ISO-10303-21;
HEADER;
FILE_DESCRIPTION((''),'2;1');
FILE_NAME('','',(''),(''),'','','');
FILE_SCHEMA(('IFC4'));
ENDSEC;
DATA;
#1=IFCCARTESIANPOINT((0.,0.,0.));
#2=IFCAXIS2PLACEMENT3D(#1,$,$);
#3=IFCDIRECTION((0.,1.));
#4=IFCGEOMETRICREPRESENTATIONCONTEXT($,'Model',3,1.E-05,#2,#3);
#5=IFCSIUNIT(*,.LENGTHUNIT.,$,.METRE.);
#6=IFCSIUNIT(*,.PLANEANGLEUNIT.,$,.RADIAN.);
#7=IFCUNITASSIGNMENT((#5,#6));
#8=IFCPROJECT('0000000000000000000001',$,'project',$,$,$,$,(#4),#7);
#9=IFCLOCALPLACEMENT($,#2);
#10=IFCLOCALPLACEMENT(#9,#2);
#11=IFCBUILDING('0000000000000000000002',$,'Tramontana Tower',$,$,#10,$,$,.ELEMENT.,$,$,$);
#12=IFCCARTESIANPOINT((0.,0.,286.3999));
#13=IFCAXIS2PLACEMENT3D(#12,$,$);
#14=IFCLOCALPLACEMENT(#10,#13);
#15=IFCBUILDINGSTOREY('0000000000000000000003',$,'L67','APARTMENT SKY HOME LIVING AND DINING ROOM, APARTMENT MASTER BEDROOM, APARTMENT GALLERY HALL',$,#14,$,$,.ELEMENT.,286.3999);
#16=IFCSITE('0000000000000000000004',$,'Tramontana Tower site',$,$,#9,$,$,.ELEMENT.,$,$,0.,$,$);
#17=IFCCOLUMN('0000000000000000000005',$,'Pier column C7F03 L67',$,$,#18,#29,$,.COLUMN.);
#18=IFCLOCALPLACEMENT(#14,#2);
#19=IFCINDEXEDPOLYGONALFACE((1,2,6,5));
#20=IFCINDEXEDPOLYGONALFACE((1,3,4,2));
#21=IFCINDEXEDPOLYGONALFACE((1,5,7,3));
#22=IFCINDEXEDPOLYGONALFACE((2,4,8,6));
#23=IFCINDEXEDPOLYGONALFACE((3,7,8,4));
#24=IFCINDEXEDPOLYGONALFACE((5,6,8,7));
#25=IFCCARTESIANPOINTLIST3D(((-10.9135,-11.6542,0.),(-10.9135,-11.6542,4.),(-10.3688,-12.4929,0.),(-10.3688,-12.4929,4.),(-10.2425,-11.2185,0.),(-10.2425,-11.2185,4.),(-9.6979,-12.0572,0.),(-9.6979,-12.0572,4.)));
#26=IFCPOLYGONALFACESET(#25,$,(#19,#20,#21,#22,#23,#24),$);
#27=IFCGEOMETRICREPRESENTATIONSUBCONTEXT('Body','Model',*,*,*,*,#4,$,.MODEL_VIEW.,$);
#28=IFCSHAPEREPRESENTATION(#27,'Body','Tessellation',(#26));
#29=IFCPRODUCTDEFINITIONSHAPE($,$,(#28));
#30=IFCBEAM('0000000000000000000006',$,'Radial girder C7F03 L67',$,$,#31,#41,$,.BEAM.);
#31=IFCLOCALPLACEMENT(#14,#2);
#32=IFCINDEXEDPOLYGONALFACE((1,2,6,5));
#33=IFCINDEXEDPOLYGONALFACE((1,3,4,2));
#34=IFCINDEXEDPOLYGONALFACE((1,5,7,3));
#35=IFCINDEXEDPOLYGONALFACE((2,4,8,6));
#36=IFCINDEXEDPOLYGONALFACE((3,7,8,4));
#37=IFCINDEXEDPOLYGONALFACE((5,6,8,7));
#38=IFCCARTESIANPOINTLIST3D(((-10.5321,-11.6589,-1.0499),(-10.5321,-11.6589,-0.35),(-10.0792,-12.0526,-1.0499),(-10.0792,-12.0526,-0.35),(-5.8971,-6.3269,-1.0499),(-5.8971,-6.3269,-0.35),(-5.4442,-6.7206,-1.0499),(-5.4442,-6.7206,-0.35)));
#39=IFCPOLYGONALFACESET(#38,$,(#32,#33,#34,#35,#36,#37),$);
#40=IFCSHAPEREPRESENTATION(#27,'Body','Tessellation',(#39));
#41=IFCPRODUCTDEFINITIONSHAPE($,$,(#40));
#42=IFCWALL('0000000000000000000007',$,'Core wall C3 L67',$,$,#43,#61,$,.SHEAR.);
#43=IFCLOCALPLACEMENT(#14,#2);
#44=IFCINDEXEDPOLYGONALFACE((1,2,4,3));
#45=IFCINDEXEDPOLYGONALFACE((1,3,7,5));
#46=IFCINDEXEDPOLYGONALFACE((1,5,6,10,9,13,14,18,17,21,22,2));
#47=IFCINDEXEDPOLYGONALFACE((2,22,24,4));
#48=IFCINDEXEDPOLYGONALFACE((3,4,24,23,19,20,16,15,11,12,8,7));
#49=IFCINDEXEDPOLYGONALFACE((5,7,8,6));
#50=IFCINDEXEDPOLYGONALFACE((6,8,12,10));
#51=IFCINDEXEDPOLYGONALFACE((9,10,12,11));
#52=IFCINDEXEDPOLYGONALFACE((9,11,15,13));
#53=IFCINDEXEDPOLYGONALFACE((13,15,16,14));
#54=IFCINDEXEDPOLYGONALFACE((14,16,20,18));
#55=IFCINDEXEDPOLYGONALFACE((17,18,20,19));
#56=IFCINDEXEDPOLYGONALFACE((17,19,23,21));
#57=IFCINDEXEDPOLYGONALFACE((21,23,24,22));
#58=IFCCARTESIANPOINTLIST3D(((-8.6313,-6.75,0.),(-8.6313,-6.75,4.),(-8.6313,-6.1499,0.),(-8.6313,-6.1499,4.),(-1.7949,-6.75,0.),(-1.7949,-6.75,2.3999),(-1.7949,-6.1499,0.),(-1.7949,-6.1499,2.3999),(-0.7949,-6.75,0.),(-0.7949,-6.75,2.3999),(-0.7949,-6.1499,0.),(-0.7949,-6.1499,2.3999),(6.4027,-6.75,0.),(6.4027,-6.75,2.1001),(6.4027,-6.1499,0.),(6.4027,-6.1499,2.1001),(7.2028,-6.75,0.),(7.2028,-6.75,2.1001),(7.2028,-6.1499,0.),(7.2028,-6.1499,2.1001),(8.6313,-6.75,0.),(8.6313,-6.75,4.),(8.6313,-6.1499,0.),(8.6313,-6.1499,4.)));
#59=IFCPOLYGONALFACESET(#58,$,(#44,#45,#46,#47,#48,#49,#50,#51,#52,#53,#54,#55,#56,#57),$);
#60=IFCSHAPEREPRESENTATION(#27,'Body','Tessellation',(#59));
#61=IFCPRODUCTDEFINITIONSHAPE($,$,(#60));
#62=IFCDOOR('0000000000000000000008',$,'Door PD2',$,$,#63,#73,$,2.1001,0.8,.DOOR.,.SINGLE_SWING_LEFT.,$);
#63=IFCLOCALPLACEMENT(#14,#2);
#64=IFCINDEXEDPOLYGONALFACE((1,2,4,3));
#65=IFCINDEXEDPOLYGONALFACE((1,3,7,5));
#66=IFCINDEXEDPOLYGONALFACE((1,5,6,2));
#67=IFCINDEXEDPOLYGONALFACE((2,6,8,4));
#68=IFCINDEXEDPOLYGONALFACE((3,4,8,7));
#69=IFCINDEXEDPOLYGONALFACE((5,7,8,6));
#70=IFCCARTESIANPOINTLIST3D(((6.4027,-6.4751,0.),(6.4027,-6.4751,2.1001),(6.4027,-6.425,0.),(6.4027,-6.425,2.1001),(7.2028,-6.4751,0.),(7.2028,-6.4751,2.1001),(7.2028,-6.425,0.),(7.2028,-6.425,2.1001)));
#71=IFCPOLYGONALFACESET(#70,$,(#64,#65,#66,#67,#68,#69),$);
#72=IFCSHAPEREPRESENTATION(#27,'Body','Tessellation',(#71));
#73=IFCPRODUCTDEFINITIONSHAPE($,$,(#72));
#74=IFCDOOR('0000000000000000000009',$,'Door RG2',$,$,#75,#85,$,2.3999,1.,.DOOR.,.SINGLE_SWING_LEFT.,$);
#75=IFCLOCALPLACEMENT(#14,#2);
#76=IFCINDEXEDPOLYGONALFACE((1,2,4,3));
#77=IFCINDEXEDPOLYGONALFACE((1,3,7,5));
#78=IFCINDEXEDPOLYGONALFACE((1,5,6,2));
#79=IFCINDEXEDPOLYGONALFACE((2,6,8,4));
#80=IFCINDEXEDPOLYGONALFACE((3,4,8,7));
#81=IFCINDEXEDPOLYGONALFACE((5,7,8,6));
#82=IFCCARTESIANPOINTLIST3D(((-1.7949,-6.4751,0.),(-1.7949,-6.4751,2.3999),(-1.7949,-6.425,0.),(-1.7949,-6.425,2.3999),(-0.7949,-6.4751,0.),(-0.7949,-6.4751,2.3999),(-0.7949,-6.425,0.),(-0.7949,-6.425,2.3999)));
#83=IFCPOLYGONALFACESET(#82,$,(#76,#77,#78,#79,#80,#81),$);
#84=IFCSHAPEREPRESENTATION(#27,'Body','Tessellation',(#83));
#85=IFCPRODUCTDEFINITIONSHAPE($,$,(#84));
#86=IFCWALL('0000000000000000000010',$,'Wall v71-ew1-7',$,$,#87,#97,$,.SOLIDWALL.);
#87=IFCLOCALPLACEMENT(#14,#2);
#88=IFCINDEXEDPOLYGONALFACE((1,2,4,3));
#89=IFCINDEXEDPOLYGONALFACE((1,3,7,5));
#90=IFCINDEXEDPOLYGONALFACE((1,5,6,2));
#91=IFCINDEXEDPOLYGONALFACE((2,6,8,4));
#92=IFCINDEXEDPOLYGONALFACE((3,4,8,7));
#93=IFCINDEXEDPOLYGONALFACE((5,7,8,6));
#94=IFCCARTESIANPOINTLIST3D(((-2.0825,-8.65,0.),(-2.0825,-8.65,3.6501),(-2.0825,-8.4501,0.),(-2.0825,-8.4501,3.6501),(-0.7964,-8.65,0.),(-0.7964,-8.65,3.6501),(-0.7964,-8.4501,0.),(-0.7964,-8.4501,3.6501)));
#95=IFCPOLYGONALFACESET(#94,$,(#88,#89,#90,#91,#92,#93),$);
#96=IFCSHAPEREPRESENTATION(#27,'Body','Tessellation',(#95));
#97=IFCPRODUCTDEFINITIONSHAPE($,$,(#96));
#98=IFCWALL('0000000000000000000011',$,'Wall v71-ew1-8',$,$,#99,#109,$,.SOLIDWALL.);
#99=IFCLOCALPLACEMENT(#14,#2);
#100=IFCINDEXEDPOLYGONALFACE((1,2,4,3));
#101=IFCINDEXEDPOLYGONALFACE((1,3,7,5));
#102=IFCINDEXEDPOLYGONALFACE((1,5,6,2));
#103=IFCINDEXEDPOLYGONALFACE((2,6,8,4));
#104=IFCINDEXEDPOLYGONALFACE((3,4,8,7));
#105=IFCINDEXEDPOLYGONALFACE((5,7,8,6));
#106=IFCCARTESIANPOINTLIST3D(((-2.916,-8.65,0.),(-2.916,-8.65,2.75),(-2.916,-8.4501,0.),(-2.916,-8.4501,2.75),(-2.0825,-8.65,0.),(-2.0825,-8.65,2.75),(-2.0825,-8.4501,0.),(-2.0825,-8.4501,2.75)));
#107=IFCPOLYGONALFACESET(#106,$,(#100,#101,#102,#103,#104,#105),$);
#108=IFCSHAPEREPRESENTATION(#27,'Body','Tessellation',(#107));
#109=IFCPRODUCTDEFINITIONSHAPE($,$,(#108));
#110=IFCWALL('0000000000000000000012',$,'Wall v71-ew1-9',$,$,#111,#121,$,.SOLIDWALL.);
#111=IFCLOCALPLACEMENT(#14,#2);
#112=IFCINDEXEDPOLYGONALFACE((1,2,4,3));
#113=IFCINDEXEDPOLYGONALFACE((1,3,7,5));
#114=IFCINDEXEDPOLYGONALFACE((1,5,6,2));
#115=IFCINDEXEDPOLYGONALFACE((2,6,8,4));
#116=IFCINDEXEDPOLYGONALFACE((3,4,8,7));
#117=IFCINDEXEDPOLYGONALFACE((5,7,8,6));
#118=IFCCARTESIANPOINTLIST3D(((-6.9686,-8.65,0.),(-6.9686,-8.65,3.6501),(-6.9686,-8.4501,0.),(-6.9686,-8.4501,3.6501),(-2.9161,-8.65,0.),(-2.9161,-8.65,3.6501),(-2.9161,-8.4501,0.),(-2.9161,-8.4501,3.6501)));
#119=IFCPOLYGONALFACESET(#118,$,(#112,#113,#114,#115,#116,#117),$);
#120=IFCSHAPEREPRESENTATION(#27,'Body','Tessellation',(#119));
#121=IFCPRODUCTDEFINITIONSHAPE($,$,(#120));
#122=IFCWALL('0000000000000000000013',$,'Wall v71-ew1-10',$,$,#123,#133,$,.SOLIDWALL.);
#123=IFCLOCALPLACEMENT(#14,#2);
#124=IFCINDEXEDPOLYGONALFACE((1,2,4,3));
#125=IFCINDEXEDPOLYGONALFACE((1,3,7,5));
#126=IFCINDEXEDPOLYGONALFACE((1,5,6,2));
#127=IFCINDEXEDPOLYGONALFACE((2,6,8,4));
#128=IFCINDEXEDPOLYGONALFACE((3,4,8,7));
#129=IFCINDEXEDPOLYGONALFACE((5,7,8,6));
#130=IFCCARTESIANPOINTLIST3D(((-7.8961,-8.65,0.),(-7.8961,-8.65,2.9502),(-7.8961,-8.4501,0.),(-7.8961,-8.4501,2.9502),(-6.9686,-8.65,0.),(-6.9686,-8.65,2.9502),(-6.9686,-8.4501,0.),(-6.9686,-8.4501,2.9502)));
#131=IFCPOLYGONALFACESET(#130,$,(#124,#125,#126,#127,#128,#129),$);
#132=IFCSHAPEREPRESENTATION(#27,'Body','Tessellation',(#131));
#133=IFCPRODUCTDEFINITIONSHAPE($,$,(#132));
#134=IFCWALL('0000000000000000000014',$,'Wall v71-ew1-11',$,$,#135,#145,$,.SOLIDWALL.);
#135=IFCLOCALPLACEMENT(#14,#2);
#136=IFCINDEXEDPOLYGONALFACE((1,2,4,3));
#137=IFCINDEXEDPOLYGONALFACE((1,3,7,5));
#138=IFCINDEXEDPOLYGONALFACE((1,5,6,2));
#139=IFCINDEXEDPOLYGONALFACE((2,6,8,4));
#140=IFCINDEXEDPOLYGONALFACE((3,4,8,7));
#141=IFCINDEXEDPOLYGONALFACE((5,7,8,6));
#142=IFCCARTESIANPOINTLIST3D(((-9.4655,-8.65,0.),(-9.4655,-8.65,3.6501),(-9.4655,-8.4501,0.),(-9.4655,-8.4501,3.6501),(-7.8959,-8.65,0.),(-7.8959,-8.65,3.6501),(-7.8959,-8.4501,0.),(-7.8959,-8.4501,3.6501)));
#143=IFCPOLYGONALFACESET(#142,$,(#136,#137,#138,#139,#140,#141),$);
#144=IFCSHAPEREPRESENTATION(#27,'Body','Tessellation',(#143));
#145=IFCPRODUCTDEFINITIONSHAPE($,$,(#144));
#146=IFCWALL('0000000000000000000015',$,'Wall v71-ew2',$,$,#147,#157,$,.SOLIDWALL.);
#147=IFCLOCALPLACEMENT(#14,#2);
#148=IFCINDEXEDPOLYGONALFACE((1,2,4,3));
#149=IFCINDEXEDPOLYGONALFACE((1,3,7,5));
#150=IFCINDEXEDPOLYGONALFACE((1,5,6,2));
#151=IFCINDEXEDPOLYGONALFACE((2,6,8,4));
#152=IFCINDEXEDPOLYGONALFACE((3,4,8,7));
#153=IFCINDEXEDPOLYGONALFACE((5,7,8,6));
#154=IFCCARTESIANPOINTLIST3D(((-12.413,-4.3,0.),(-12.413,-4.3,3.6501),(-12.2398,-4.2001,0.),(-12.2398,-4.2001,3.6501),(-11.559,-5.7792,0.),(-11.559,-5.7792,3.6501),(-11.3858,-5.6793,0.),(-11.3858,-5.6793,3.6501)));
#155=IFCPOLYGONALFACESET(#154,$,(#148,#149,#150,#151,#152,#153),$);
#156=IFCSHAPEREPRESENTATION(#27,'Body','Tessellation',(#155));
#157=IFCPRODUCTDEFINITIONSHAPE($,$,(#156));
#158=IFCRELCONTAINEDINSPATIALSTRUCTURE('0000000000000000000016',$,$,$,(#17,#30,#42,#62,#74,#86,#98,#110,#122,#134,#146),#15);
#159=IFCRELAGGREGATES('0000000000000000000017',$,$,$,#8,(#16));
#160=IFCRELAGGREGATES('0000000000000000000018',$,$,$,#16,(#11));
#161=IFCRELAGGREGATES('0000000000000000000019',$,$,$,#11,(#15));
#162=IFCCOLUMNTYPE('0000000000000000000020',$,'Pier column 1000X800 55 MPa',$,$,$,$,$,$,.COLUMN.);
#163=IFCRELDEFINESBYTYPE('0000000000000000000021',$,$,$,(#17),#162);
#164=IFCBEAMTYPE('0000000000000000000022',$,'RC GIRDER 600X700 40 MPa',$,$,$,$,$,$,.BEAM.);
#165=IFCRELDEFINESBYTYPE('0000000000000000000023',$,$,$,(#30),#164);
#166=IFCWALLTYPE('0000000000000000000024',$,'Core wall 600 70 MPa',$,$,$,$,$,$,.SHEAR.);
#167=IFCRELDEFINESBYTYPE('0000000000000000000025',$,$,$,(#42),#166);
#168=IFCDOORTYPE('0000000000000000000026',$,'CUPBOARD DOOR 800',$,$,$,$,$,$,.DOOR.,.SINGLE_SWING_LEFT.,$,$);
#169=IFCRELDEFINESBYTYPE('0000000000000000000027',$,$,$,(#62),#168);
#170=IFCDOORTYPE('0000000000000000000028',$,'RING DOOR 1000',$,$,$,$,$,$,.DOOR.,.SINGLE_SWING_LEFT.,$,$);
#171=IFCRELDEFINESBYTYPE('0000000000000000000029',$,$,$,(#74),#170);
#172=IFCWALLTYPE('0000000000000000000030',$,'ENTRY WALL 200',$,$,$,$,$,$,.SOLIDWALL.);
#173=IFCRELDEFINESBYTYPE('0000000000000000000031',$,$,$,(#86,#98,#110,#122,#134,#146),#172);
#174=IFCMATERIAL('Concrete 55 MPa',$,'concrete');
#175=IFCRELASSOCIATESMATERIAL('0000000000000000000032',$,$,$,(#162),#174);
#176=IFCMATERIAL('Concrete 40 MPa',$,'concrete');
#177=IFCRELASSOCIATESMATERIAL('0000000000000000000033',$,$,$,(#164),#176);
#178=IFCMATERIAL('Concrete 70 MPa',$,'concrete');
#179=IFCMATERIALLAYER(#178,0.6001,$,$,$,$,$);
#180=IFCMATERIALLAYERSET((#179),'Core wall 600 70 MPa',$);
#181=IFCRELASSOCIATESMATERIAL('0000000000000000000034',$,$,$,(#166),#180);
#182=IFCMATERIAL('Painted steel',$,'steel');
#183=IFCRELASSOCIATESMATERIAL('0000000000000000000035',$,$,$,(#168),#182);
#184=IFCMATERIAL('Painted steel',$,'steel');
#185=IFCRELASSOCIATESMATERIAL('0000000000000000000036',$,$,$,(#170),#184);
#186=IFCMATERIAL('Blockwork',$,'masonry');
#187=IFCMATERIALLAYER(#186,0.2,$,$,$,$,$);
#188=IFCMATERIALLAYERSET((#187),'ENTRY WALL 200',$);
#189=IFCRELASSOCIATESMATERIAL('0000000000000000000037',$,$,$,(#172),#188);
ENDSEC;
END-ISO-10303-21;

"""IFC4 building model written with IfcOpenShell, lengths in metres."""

from ifc_helpers import new_model, si_unit, direction, frame, frame_2d, origin, origin_2d, place, context, subcontext, project, spatial, rectangle, extrude, material, layer, layer_set, material_profile, profile_set, type_object, element, fill, save


model = new_model("IFC4")

# Units and contexts
model_context = context("Model", 3, precision=1e-05, world=origin(), true_north=direction((0.0, 1.0)))
body_context = subcontext(model_context, "Body", "Model", "MODEL_VIEW")
ifc_project = project(units=[si_unit("LENGTHUNIT", "METRE"), si_unit("PLANEANGLEUNIT", "RADIAN")], contexts=[model_context])

# Site, building, storey
site_placement = place(None, origin())
site = spatial("IfcSite", under=ifc_project, at=site_placement, Name="Tramontana Tower site", CompositionType="ELEMENT", RefElevation=0.0)
building_placement = place(site_placement, origin())
building = spatial("IfcBuilding", under=site, at=building_placement, Name="Tramontana Tower", CompositionType="ELEMENT")
storey_placement = place(building_placement, frame((0.0, 0.0, 286.3999)))
storey = spatial("IfcBuildingStorey", under=building, at=storey_placement, Name="L67", Description="APARTMENT SKY HOME LIVING AND DINING ROOM, APARTMENT MASTER BEDROOM, APARTMENT GALLERY HALL", CompositionType="ELEMENT", Elevation=286.3999)

# Column
ifc_material_1 = material(Name="Concrete 55 MPa", Category="concrete")
ifc_material_profile_1 = material_profile(ifc_material_1, rectangle(XDim=1.0, YDim=0.8, at=origin_2d()), Name="Pier column 1000X800 55 MPa")
ifc_profile_set_1 = profile_set([ifc_material_profile_1], Name="Concrete 55 MPa")
column_type = type_object("IfcColumnType", Name="Pier column 1000X800 55 MPa", PredefinedType="COLUMN", material=ifc_profile_set_1)
column_placement = place(storey_placement, frame((-10.3057, -11.8557, 0.0), z_axis=(0.0, 0.0, 1.0), x_axis=(0.544639, -0.838671, 0.0)))
element("IfcColumn", 1, at=column_placement, inside=storey, type_object=column_type, Name="Pier column C7F03 L67", PredefinedType="COLUMN", context=body_context, shape_type="SweptSolid", body=[
    extrude(rectangle(XDim=1.0, YDim=0.8, at=origin_2d()), origin(), (0.0, 0.0, 1.0), 4.0),
])

# Beam
ifc_material_2 = material(Name="Concrete 40 MPa", Category="concrete")
ifc_material_profile_2 = material_profile(ifc_material_2, rectangle(XDim=0.6001, YDim=0.7, at=origin_2d()), Name="RC GIRDER 600X700 40 MPa")
ifc_profile_set_2 = profile_set([ifc_material_profile_2], Name="Concrete 40 MPa")
beam_type = type_object("IfcBeamType", Name="RC GIRDER 600X700 40 MPa", PredefinedType="BEAM", material=ifc_profile_set_2)
beam_placement = place(storey_placement, frame((-10.3057, -11.8557, -0.7), z_axis=(0.656055, 0.754713, 0.0), x_axis=(-0.754713, 0.656055, 0.0)))
element("IfcBeam", 2, at=beam_placement, inside=storey, type_object=beam_type, Name="Radial girder C7F03 L67", PredefinedType="BEAM", context=body_context, shape_type="SweptSolid", body=[
    extrude(rectangle(XDim=0.6001, YDim=0.7, at=origin_2d()), origin(), (0.0, 0.0, 1.0), 7.0649),
])

# Wall, openings, doors
ifc_material_3 = material(Name="Concrete 70 MPa", Category="concrete")
ifc_layer_1 = layer(ifc_material_3, 0.6001)
ifc_layer_set_1 = layer_set([ifc_layer_1], Name="Core wall 600 70 MPa")
wall_type_1 = type_object("IfcWallType", Name="Core wall 600 70 MPa", PredefinedType="SHEAR", material=ifc_layer_set_1)
wall_1_placement = place(storey_placement, frame((-8.6313, -6.45, 0.0), z_axis=(0.0, 0.0, 1.0), x_axis=(1.0, 0.0, 0.0)))
wall_1 = element("IfcWall", 3, at=wall_1_placement, inside=storey, type_object=wall_type_1, Name="Core wall C3 L67", PredefinedType="SHEAR", context=body_context, shape_type="SweptSolid", body=[
    extrude(rectangle(XDim=17.2627, YDim=0.6001, at=frame_2d((8.6313, 0.0))), origin(), (0.0, 0.0, 1.0), 4.0),
])
opening_1_placement = place(wall_1_placement, frame((6.8364, 0.0, 0.0)))
opening_1 = element("IfcOpeningElement", 4, at=opening_1_placement, cuts=wall_1, PredefinedType="OPENING", context=body_context, shape_type="SweptSolid", body=[
    extrude(rectangle(XDim=1.0, YDim=2.3999, at=frame_2d((0.5, 1.2))), frame((0.0, 0.3101, 0.0), z_axis=(0.0, -1.0, 0.0), x_axis=(1.0, 0.0, 0.0)), (0.0, 0.0, 1.0), 0.6201),
])
opening_2_placement = place(wall_1_placement, frame((15.0342, 0.0, 0.0)))
opening_2 = element("IfcOpeningElement", 5, at=opening_2_placement, cuts=wall_1, PredefinedType="OPENING", context=body_context, shape_type="SweptSolid", body=[
    extrude(rectangle(XDim=0.8, YDim=2.1001, at=frame_2d((0.3999, 1.05))), frame((0.0, 0.3101, 0.0), z_axis=(0.0, -1.0, 0.0), x_axis=(1.0, 0.0, 0.0)), (0.0, 0.0, 1.0), 0.6201),
])
ifc_material_4 = material(Name="Painted steel", Category="steel")
door_type_1 = type_object("IfcDoorType", Name="CUPBOARD DOOR 800", OperationType="SINGLE_SWING_LEFT", PredefinedType="DOOR", material=ifc_material_4)
door_1_placement = place(opening_2_placement, origin())
door_1 = element("IfcDoor", 6, at=door_1_placement, inside=storey, type_object=door_type_1, Name="Door PD2", OperationType="SINGLE_SWING_LEFT", OverallHeight=2.1001, OverallWidth=0.8, PredefinedType="DOOR", context=body_context, shape_type="SweptSolid", body=[
    extrude(rectangle(XDim=0.8, YDim=2.1001, at=frame_2d((0.3999, 1.05))), frame((0.0, 0.0249, 0.0), z_axis=(0.0, -1.0, 0.0), x_axis=(1.0, 0.0, 0.0)), (0.0, 0.0, 1.0), 0.05),
])
fill(opening_2, door_1)
ifc_material_5 = material(Name="Painted steel", Category="steel")
door_type_2 = type_object("IfcDoorType", Name="RING DOOR 1000", OperationType="SINGLE_SWING_LEFT", PredefinedType="DOOR", material=ifc_material_5)
door_2_placement = place(opening_1_placement, origin())
door_2 = element("IfcDoor", 7, at=door_2_placement, inside=storey, type_object=door_type_2, Name="Door RG2", OperationType="SINGLE_SWING_LEFT", OverallHeight=2.3999, OverallWidth=1.0, PredefinedType="DOOR", context=body_context, shape_type="SweptSolid", body=[
    extrude(rectangle(XDim=1.0, YDim=2.3999, at=frame_2d((0.5, 1.2))), frame((0.0, 0.0249, 0.0), z_axis=(0.0, -1.0, 0.0), x_axis=(1.0, 0.0, 0.0)), (0.0, 0.0, 1.0), 0.05),
])
fill(opening_1, door_2)

# Walls
ifc_material_6 = material(Name="Blockwork", Category="masonry")
ifc_layer_2 = layer(ifc_material_6, 0.2)
ifc_layer_set_2 = layer_set([ifc_layer_2], Name="ENTRY WALL 200")
wall_type_2 = type_object("IfcWallType", Name="ENTRY WALL 200", PredefinedType="SOLIDWALL", material=ifc_layer_set_2)
wall_2_placement = place(storey_placement, frame((-0.7964, -8.55, 0.0), z_axis=(0.0, 0.0, 1.0), x_axis=(-1.0, 0.0, 0.0)))
element("IfcWall", 8, at=wall_2_placement, inside=storey, type_object=wall_type_2, Name="Wall v71-ew1-7", PredefinedType="SOLIDWALL", context=body_context, shape_type="SweptSolid", body=[
    extrude(rectangle(XDim=1.2861, YDim=0.2, at=frame_2d((0.6431, 0.0))), origin(), (0.0, 0.0, 1.0), 3.6501),
])
wall_3_placement = place(storey_placement, frame((-2.0825, -8.55, 0.0), z_axis=(0.0, 0.0, 1.0), x_axis=(-1.0, 0.0, 0.0)))
element("IfcWall", 9, at=wall_3_placement, inside=storey, type_object=wall_type_2, Name="Wall v71-ew1-8", PredefinedType="SOLIDWALL", context=body_context, shape_type="SweptSolid", body=[
    extrude(rectangle(XDim=0.8335, YDim=0.2, at=frame_2d((0.4167, 0.0))), origin(), (0.0, 0.0, 1.0), 2.75),
])
wall_4_placement = place(storey_placement, frame((-2.916, -8.55, 0.0), z_axis=(0.0, 0.0, 1.0), x_axis=(-1.0, 0.0, 0.0)))
element("IfcWall", 10, at=wall_4_placement, inside=storey, type_object=wall_type_2, Name="Wall v71-ew1-9", PredefinedType="SOLIDWALL", context=body_context, shape_type="SweptSolid", body=[
    extrude(rectangle(XDim=4.0525, YDim=0.2, at=frame_2d((2.0264, 0.0))), origin(), (0.0, 0.0, 1.0), 3.6501),
])
wall_5_placement = place(storey_placement, frame((-6.9685, -8.55, 0.0), z_axis=(0.0, 0.0, 1.0), x_axis=(-1.0, 0.0, 0.0)))
element("IfcWall", 11, at=wall_5_placement, inside=storey, type_object=wall_type_2, Name="Wall v71-ew1-10", PredefinedType="SOLIDWALL", context=body_context, shape_type="SweptSolid", body=[
    extrude(rectangle(XDim=0.9275, YDim=0.2, at=frame_2d((0.4639, 0.0))), origin(), (0.0, 0.0, 1.0), 2.9502),
])
wall_6_placement = place(storey_placement, frame((-7.896, -8.55, 0.0), z_axis=(0.0, 0.0, 1.0), x_axis=(-1.0, 0.0, 0.0)))
element("IfcWall", 12, at=wall_6_placement, inside=storey, type_object=wall_type_2, Name="Wall v71-ew1-11", PredefinedType="SOLIDWALL", context=body_context, shape_type="SweptSolid", body=[
    extrude(rectangle(XDim=1.5696, YDim=0.2, at=frame_2d((0.7847, 0.0))), origin(), (0.0, 0.0, 1.0), 3.6501),
])
wall_7_placement = place(storey_placement, frame((-11.4724, -5.7292, 0.0), z_axis=(0.0, 0.0, 1.0), x_axis=(-0.499982, 0.866036, 0.0)))
element("IfcWall", 13, at=wall_7_placement, inside=storey, type_object=wall_type_2, Name="Wall v71-ew2", PredefinedType="SOLIDWALL", context=body_context, shape_type="SweptSolid", body=[
    extrude(rectangle(XDim=1.708, YDim=0.2, at=frame_2d((0.854, 0.0))), origin(), (0.0, 0.0, 1.0), 3.6501),
])

save(model, "model.ifc")
